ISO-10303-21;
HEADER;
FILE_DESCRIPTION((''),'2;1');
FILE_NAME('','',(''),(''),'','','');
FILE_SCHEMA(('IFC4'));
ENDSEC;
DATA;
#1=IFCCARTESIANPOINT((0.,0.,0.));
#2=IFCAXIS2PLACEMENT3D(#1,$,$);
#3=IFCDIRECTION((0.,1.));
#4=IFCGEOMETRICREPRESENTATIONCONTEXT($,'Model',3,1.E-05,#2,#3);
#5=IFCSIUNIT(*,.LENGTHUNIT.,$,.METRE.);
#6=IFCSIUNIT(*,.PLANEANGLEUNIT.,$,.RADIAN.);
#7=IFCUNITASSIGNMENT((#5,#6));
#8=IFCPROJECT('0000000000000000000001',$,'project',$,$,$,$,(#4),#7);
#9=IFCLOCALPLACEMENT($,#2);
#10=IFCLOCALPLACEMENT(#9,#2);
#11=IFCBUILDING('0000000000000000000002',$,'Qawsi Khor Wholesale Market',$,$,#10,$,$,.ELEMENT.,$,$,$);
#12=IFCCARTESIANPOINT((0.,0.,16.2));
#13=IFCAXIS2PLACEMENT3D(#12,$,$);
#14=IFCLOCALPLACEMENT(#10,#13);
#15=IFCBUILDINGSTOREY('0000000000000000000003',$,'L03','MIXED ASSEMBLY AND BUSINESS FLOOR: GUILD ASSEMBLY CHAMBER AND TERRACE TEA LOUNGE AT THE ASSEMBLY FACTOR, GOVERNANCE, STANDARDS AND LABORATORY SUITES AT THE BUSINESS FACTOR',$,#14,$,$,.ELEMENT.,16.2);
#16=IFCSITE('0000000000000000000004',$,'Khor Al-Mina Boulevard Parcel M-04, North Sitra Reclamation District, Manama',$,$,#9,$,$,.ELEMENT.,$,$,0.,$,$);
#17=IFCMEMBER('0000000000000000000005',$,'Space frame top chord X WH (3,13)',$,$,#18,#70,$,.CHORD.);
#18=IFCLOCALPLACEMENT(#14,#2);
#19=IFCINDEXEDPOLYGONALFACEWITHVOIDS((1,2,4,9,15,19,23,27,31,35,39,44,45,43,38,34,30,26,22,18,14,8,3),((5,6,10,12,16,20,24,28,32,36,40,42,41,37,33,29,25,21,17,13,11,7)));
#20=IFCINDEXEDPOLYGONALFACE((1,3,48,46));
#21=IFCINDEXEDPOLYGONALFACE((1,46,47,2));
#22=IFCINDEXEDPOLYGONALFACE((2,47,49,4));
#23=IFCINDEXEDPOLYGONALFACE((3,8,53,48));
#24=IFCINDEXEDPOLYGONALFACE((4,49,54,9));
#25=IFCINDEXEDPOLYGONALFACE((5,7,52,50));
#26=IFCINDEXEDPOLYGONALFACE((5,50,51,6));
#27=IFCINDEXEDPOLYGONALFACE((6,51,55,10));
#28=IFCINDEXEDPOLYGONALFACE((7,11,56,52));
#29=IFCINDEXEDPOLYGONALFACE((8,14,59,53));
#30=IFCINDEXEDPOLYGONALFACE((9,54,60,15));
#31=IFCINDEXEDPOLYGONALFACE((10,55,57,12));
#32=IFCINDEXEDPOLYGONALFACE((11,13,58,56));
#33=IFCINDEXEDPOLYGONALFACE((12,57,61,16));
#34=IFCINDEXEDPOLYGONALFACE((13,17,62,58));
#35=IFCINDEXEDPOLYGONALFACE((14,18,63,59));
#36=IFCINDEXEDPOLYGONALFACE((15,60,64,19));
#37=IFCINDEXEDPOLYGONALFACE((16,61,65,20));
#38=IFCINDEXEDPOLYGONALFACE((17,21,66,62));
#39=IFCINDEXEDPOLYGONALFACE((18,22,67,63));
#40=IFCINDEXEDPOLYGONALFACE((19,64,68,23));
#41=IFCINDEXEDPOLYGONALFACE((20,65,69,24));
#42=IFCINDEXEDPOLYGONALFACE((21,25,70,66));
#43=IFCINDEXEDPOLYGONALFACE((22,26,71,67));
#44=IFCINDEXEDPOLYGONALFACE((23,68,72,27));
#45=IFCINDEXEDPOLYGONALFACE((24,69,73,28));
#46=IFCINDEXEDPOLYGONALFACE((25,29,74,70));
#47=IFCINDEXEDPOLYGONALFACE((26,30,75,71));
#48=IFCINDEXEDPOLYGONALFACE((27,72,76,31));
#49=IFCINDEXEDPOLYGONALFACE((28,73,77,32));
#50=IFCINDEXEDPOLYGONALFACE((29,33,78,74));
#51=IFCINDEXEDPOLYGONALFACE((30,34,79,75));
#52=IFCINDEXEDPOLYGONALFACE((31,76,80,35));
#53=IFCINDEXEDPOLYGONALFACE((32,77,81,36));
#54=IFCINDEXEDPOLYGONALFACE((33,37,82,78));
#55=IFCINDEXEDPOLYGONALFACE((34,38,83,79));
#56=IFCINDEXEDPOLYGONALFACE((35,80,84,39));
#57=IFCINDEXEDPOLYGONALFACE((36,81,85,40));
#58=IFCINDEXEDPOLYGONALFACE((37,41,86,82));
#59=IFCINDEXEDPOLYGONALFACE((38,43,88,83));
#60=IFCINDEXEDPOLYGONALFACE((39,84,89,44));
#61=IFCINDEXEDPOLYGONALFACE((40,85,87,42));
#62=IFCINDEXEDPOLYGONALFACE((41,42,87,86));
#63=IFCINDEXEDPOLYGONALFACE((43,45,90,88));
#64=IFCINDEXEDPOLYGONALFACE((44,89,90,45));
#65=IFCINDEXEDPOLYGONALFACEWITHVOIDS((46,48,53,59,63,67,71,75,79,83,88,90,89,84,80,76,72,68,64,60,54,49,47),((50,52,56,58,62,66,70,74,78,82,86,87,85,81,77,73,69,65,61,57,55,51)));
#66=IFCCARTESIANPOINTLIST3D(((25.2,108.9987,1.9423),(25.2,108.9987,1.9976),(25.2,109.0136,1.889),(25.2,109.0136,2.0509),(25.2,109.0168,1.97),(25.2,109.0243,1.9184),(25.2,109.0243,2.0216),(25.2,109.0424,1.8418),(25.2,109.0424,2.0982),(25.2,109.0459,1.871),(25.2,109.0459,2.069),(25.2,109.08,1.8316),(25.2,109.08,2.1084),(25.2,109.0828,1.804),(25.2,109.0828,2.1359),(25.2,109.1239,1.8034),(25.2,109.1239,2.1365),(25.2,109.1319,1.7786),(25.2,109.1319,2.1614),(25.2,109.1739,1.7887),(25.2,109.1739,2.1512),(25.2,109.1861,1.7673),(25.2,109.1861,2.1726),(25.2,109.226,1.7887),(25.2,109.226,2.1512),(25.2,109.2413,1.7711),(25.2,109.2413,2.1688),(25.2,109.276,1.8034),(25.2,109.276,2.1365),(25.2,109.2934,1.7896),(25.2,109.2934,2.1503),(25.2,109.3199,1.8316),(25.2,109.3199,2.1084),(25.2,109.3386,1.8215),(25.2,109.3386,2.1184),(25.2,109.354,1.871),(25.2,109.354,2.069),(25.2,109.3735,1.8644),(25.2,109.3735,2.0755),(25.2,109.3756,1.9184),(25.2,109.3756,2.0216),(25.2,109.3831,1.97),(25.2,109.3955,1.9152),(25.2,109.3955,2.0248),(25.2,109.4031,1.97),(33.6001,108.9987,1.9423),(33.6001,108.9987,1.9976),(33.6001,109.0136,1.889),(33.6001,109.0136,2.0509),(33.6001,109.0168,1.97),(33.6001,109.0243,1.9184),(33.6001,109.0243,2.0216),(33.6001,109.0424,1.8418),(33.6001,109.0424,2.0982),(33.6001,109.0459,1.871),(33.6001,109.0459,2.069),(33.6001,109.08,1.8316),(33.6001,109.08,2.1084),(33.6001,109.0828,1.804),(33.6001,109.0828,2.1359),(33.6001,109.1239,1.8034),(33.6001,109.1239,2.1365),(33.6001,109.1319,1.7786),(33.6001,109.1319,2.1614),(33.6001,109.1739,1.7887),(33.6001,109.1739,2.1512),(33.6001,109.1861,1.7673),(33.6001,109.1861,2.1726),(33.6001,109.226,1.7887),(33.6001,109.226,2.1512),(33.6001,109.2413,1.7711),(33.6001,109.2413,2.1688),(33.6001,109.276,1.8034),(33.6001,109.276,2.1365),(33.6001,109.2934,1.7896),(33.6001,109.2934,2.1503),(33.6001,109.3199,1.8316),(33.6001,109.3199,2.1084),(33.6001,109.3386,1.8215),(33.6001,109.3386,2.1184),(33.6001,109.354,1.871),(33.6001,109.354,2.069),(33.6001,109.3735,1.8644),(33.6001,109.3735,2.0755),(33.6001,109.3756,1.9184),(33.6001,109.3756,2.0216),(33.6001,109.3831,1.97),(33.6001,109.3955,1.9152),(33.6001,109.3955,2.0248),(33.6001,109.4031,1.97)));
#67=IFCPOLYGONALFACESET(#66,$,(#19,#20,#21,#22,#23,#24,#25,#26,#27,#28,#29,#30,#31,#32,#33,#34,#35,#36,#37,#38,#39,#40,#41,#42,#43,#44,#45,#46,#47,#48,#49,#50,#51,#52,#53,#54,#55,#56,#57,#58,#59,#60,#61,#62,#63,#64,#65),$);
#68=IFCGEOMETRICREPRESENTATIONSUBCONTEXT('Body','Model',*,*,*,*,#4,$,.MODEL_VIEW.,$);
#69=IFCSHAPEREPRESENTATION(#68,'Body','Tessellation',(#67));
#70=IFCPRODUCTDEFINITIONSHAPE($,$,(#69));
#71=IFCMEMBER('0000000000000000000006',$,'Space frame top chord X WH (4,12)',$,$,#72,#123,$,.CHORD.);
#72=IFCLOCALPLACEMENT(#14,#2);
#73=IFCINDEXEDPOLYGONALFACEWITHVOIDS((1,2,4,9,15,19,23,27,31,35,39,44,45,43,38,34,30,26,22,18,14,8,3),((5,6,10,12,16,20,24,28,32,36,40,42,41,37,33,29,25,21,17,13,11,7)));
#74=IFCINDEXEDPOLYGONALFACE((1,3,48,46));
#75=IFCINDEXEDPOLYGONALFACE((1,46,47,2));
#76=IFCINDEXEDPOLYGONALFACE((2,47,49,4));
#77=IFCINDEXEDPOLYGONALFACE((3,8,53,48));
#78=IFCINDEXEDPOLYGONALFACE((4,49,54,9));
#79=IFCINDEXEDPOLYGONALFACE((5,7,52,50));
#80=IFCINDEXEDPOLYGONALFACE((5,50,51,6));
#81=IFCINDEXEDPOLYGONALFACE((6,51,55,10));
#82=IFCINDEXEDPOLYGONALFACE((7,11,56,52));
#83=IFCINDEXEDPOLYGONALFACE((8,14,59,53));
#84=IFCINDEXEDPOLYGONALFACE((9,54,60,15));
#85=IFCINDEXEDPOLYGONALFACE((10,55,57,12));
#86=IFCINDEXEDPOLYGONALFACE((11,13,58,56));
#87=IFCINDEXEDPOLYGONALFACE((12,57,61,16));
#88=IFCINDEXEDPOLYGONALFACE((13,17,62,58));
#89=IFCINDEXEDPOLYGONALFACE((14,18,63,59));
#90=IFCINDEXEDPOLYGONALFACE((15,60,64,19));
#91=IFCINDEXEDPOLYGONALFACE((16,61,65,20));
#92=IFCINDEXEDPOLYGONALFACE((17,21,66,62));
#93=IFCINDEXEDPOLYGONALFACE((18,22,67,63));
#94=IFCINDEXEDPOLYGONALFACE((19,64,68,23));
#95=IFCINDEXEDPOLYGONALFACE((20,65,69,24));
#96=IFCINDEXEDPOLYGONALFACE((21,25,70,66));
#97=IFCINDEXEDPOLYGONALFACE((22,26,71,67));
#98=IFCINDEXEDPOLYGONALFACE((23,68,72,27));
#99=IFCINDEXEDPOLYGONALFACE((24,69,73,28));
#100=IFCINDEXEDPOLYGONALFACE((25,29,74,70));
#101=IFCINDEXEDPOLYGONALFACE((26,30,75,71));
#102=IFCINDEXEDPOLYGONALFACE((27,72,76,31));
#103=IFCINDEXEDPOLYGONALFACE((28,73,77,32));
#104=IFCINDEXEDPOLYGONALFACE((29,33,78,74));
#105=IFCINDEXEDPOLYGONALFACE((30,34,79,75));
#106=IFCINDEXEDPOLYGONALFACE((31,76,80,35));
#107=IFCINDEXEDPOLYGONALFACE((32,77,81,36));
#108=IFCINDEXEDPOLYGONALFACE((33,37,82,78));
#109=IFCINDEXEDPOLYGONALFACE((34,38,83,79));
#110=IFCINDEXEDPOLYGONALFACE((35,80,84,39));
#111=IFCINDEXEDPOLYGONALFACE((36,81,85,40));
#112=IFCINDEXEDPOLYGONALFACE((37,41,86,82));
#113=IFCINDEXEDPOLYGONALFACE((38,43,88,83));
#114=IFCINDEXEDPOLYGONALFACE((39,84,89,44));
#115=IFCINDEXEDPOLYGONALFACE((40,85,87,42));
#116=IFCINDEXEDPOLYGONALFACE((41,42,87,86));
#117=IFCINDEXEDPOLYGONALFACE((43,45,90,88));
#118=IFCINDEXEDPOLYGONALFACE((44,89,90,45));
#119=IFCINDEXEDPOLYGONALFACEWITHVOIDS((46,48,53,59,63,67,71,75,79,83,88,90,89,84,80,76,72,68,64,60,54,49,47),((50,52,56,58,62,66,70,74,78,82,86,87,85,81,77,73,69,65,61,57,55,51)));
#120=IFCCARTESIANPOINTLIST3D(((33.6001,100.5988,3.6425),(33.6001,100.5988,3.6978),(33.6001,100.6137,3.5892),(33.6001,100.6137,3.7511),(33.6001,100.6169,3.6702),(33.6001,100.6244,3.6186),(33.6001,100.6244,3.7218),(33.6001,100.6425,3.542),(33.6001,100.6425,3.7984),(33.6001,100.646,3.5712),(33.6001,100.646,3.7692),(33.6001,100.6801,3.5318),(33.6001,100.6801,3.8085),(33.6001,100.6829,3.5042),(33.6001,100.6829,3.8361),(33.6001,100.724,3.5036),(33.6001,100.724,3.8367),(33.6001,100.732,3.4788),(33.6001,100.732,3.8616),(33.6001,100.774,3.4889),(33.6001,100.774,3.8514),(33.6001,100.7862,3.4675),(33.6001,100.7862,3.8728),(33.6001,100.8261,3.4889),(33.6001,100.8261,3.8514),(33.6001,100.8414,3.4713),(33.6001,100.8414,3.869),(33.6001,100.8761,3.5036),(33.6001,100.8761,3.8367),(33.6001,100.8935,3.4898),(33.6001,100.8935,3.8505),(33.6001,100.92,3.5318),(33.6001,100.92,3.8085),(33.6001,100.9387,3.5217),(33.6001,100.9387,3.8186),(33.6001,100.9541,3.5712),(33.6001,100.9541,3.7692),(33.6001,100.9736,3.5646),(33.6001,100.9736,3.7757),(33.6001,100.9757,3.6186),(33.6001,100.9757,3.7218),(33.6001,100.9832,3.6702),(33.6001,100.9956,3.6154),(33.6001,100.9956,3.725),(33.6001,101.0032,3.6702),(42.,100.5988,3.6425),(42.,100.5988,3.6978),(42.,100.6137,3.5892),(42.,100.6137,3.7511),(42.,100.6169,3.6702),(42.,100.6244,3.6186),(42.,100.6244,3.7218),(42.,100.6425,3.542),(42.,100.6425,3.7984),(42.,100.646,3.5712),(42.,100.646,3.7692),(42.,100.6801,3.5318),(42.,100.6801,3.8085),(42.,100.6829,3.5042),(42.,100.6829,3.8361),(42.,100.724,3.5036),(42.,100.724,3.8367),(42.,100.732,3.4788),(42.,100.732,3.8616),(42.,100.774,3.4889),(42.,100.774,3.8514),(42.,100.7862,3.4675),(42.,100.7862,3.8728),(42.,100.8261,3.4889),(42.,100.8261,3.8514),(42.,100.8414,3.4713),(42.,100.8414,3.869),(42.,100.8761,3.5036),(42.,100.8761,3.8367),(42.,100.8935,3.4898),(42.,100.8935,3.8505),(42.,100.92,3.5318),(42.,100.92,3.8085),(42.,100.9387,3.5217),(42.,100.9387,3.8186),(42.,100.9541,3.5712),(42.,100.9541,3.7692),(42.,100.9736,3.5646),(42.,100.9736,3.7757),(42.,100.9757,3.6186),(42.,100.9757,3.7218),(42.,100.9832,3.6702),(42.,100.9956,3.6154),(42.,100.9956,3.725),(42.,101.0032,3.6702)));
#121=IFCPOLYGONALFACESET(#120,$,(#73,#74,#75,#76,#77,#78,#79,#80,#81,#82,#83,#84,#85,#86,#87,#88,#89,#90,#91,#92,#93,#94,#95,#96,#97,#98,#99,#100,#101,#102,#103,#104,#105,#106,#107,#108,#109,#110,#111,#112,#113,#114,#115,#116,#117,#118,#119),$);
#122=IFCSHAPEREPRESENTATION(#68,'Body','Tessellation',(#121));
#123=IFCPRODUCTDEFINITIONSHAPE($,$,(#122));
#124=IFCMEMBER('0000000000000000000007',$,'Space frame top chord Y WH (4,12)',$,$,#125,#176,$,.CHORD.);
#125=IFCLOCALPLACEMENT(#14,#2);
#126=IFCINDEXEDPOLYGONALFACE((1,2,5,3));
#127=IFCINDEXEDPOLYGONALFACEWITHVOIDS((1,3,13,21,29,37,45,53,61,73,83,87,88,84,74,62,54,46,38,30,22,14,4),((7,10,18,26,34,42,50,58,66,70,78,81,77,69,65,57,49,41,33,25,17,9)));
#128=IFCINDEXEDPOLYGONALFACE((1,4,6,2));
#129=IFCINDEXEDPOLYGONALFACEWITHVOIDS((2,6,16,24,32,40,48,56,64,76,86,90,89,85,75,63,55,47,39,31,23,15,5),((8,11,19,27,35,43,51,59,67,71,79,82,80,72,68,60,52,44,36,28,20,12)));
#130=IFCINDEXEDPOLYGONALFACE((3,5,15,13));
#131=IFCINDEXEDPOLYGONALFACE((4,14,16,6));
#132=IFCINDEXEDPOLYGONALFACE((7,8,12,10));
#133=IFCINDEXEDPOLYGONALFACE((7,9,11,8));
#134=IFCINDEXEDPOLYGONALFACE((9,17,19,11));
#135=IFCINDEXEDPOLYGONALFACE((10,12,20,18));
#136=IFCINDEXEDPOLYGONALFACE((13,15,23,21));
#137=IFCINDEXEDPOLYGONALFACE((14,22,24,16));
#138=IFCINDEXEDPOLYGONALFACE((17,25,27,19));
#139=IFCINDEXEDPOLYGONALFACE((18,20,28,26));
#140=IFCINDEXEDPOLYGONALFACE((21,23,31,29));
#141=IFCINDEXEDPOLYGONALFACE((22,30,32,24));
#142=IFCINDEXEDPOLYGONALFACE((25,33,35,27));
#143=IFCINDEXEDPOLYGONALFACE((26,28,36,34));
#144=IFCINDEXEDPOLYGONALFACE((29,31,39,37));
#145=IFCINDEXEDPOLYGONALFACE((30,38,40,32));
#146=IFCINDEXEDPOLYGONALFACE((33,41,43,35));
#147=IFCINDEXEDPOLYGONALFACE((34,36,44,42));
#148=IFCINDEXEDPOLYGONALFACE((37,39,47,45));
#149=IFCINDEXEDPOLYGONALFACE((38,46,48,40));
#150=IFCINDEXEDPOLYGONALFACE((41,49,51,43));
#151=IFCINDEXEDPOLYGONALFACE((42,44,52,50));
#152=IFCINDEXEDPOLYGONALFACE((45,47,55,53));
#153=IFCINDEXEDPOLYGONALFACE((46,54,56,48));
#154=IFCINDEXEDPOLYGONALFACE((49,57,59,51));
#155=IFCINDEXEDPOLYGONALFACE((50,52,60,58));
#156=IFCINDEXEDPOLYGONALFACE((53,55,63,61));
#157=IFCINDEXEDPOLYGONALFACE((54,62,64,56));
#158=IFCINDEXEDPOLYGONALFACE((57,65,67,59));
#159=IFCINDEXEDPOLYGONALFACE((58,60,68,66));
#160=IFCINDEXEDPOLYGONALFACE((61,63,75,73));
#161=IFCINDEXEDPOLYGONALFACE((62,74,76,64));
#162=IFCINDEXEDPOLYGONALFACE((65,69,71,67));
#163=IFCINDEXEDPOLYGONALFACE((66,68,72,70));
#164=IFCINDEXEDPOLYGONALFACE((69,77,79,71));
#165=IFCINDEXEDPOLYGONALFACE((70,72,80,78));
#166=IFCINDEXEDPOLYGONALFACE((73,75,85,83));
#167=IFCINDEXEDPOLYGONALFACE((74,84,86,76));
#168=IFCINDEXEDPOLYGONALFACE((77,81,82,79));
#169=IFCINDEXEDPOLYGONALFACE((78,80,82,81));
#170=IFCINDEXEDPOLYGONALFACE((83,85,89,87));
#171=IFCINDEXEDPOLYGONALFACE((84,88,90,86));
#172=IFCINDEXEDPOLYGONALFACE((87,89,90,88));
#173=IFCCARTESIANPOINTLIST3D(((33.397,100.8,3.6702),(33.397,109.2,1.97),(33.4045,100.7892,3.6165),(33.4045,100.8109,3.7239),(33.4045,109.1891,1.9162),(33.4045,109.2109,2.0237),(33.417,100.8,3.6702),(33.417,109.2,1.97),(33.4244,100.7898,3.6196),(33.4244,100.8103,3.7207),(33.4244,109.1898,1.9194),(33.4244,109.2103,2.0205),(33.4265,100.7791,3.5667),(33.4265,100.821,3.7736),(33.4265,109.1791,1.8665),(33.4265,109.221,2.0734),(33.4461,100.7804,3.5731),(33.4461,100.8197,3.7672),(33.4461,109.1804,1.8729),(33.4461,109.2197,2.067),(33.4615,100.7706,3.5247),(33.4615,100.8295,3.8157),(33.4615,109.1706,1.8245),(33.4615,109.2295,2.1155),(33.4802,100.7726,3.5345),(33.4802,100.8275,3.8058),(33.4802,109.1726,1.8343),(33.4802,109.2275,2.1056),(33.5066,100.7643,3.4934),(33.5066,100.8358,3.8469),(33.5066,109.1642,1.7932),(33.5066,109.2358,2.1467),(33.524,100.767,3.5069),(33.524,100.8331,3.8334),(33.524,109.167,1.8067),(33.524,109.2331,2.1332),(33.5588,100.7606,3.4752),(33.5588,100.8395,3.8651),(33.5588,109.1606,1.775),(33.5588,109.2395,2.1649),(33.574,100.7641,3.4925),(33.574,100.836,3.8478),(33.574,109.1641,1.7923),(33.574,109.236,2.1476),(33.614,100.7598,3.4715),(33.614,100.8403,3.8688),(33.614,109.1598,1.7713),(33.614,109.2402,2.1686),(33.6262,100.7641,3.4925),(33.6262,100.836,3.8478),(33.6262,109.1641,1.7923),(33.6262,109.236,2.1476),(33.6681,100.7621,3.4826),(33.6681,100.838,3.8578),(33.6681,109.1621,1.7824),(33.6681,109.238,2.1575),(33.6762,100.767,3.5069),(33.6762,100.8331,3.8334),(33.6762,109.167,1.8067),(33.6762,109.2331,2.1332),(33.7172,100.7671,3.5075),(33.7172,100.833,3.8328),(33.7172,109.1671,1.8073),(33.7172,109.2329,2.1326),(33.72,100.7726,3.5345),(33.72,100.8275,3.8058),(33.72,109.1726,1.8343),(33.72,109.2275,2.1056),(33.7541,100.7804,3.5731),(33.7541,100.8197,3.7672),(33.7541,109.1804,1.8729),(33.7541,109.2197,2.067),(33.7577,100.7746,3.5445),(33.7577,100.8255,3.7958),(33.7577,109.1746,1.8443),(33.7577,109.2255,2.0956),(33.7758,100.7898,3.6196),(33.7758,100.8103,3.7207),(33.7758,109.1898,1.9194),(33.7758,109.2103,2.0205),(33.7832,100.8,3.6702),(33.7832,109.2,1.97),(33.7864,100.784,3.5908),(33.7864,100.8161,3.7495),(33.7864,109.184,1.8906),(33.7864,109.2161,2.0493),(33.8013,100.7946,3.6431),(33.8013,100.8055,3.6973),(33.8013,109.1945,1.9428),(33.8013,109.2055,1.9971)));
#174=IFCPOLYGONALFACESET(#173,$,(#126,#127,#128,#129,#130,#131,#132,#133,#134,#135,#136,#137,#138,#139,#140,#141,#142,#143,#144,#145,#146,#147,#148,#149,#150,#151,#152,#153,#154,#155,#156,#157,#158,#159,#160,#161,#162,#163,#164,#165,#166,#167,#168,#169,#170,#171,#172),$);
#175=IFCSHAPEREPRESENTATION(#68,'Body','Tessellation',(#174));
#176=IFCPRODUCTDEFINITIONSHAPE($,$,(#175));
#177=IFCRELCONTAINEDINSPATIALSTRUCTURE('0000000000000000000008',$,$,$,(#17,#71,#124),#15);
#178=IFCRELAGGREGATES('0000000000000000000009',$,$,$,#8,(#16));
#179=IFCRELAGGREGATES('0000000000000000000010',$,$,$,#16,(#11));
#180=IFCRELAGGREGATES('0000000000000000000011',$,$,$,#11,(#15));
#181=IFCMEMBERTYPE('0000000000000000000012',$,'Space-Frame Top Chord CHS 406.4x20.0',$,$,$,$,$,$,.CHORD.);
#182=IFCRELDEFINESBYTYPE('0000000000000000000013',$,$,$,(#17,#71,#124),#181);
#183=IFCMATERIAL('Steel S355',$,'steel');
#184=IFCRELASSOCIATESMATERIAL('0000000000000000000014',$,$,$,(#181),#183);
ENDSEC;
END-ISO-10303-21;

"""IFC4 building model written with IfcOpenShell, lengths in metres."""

from ifc_helpers import new_model, si_unit, direction, frame, origin, origin_2d, place, context, subcontext, project, spatial, hollow_circle, extrude, material, material_profile, profile_set, type_object, element, save


model = new_model("IFC4")

# Units and contexts
model_context = context("Model", 3, precision=1e-05, world=origin(), true_north=direction((0.0, 1.0)))
body_context = subcontext(model_context, "Body", "Model", "MODEL_VIEW")
ifc_project = project(units=[si_unit("LENGTHUNIT", "METRE"), si_unit("PLANEANGLEUNIT", "RADIAN")], contexts=[model_context])

# Site, building, storey
site_placement = place(None, origin())
site = spatial("IfcSite", under=ifc_project, at=site_placement, Name="Khor Al-Mina Boulevard Parcel M-04, North Sitra Reclamation District, Manama", CompositionType="ELEMENT", RefElevation=0.0)
building_placement = place(site_placement, origin())
building = spatial("IfcBuilding", under=site, at=building_placement, Name="Qawsi Khor Wholesale Market", CompositionType="ELEMENT")
storey_placement = place(building_placement, frame((0.0, 0.0, 16.2)))
storey = spatial("IfcBuildingStorey", under=building, at=storey_placement, Name="L03", Description="MIXED ASSEMBLY AND BUSINESS FLOOR: GUILD ASSEMBLY CHAMBER AND TERRACE TEA LOUNGE AT THE ASSEMBLY FACTOR, GOVERNANCE, STANDARDS AND LABORATORY SUITES AT THE BUSINESS FACTOR", CompositionType="ELEMENT", Elevation=16.2)

# Members
ifc_material_1 = material(Name="Steel S355", Category="steel")
ifc_material_profile_1 = material_profile(ifc_material_1, hollow_circle(Radius=0.2031, WallThickness=0.02, at=origin_2d()), Name="CHS 406.4x20.0")
ifc_profile_set_1 = profile_set([ifc_material_profile_1], Name="Steel S355")
member_type_1 = type_object("IfcMemberType", Name="Space-Frame Top Chord CHS 406.4x20.0", PredefinedType="CHORD", material=ifc_profile_set_1)
member_1_placement = place(storey_placement, frame((25.2, 109.2, 1.97), z_axis=(1.0, 0.0, 0.0), x_axis=(0.0, 1.0, 0.0)))
element("IfcMember", 1, at=member_1_placement, inside=storey, type_object=member_type_1, Name="Space frame top chord X WH (3,13)", PredefinedType="CHORD", context=body_context, shape_type="SweptSolid", body=[
    extrude(hollow_circle(Radius=0.2031, WallThickness=0.02, at=origin_2d()), origin(), (0.0, 0.0, 1.0), 8.4001),
])
member_2_placement = place(storey_placement, frame((33.6001, 100.8, 3.6702), z_axis=(1.0, 0.0, 0.0), x_axis=(0.0, 1.0, 0.0)))
element("IfcMember", 2, at=member_2_placement, inside=storey, type_object=member_type_1, Name="Space frame top chord X WH (4,12)", PredefinedType="CHORD", context=body_context, shape_type="SweptSolid", body=[
    extrude(hollow_circle(Radius=0.2031, WallThickness=0.02, at=origin_2d()), origin(), (0.0, 0.0, 1.0), 8.3999),
])
member_3_placement = place(storey_placement, frame((33.6001, 100.8, 3.6702), z_axis=(0.0, 0.980124, -0.198384), x_axis=(-1.0, 0.0, 0.0)))
element("IfcMember", 3, at=member_3_placement, inside=storey, type_object=member_type_1, Name="Space frame top chord Y WH (4,12)", PredefinedType="CHORD", context=body_context, shape_type="SweptSolid", body=[
    extrude(hollow_circle(Radius=0.2031, WallThickness=0.02, at=origin_2d()), origin(), (0.0, 0.0, 1.0), 8.5703),
])

save(model, "model.ifc")
